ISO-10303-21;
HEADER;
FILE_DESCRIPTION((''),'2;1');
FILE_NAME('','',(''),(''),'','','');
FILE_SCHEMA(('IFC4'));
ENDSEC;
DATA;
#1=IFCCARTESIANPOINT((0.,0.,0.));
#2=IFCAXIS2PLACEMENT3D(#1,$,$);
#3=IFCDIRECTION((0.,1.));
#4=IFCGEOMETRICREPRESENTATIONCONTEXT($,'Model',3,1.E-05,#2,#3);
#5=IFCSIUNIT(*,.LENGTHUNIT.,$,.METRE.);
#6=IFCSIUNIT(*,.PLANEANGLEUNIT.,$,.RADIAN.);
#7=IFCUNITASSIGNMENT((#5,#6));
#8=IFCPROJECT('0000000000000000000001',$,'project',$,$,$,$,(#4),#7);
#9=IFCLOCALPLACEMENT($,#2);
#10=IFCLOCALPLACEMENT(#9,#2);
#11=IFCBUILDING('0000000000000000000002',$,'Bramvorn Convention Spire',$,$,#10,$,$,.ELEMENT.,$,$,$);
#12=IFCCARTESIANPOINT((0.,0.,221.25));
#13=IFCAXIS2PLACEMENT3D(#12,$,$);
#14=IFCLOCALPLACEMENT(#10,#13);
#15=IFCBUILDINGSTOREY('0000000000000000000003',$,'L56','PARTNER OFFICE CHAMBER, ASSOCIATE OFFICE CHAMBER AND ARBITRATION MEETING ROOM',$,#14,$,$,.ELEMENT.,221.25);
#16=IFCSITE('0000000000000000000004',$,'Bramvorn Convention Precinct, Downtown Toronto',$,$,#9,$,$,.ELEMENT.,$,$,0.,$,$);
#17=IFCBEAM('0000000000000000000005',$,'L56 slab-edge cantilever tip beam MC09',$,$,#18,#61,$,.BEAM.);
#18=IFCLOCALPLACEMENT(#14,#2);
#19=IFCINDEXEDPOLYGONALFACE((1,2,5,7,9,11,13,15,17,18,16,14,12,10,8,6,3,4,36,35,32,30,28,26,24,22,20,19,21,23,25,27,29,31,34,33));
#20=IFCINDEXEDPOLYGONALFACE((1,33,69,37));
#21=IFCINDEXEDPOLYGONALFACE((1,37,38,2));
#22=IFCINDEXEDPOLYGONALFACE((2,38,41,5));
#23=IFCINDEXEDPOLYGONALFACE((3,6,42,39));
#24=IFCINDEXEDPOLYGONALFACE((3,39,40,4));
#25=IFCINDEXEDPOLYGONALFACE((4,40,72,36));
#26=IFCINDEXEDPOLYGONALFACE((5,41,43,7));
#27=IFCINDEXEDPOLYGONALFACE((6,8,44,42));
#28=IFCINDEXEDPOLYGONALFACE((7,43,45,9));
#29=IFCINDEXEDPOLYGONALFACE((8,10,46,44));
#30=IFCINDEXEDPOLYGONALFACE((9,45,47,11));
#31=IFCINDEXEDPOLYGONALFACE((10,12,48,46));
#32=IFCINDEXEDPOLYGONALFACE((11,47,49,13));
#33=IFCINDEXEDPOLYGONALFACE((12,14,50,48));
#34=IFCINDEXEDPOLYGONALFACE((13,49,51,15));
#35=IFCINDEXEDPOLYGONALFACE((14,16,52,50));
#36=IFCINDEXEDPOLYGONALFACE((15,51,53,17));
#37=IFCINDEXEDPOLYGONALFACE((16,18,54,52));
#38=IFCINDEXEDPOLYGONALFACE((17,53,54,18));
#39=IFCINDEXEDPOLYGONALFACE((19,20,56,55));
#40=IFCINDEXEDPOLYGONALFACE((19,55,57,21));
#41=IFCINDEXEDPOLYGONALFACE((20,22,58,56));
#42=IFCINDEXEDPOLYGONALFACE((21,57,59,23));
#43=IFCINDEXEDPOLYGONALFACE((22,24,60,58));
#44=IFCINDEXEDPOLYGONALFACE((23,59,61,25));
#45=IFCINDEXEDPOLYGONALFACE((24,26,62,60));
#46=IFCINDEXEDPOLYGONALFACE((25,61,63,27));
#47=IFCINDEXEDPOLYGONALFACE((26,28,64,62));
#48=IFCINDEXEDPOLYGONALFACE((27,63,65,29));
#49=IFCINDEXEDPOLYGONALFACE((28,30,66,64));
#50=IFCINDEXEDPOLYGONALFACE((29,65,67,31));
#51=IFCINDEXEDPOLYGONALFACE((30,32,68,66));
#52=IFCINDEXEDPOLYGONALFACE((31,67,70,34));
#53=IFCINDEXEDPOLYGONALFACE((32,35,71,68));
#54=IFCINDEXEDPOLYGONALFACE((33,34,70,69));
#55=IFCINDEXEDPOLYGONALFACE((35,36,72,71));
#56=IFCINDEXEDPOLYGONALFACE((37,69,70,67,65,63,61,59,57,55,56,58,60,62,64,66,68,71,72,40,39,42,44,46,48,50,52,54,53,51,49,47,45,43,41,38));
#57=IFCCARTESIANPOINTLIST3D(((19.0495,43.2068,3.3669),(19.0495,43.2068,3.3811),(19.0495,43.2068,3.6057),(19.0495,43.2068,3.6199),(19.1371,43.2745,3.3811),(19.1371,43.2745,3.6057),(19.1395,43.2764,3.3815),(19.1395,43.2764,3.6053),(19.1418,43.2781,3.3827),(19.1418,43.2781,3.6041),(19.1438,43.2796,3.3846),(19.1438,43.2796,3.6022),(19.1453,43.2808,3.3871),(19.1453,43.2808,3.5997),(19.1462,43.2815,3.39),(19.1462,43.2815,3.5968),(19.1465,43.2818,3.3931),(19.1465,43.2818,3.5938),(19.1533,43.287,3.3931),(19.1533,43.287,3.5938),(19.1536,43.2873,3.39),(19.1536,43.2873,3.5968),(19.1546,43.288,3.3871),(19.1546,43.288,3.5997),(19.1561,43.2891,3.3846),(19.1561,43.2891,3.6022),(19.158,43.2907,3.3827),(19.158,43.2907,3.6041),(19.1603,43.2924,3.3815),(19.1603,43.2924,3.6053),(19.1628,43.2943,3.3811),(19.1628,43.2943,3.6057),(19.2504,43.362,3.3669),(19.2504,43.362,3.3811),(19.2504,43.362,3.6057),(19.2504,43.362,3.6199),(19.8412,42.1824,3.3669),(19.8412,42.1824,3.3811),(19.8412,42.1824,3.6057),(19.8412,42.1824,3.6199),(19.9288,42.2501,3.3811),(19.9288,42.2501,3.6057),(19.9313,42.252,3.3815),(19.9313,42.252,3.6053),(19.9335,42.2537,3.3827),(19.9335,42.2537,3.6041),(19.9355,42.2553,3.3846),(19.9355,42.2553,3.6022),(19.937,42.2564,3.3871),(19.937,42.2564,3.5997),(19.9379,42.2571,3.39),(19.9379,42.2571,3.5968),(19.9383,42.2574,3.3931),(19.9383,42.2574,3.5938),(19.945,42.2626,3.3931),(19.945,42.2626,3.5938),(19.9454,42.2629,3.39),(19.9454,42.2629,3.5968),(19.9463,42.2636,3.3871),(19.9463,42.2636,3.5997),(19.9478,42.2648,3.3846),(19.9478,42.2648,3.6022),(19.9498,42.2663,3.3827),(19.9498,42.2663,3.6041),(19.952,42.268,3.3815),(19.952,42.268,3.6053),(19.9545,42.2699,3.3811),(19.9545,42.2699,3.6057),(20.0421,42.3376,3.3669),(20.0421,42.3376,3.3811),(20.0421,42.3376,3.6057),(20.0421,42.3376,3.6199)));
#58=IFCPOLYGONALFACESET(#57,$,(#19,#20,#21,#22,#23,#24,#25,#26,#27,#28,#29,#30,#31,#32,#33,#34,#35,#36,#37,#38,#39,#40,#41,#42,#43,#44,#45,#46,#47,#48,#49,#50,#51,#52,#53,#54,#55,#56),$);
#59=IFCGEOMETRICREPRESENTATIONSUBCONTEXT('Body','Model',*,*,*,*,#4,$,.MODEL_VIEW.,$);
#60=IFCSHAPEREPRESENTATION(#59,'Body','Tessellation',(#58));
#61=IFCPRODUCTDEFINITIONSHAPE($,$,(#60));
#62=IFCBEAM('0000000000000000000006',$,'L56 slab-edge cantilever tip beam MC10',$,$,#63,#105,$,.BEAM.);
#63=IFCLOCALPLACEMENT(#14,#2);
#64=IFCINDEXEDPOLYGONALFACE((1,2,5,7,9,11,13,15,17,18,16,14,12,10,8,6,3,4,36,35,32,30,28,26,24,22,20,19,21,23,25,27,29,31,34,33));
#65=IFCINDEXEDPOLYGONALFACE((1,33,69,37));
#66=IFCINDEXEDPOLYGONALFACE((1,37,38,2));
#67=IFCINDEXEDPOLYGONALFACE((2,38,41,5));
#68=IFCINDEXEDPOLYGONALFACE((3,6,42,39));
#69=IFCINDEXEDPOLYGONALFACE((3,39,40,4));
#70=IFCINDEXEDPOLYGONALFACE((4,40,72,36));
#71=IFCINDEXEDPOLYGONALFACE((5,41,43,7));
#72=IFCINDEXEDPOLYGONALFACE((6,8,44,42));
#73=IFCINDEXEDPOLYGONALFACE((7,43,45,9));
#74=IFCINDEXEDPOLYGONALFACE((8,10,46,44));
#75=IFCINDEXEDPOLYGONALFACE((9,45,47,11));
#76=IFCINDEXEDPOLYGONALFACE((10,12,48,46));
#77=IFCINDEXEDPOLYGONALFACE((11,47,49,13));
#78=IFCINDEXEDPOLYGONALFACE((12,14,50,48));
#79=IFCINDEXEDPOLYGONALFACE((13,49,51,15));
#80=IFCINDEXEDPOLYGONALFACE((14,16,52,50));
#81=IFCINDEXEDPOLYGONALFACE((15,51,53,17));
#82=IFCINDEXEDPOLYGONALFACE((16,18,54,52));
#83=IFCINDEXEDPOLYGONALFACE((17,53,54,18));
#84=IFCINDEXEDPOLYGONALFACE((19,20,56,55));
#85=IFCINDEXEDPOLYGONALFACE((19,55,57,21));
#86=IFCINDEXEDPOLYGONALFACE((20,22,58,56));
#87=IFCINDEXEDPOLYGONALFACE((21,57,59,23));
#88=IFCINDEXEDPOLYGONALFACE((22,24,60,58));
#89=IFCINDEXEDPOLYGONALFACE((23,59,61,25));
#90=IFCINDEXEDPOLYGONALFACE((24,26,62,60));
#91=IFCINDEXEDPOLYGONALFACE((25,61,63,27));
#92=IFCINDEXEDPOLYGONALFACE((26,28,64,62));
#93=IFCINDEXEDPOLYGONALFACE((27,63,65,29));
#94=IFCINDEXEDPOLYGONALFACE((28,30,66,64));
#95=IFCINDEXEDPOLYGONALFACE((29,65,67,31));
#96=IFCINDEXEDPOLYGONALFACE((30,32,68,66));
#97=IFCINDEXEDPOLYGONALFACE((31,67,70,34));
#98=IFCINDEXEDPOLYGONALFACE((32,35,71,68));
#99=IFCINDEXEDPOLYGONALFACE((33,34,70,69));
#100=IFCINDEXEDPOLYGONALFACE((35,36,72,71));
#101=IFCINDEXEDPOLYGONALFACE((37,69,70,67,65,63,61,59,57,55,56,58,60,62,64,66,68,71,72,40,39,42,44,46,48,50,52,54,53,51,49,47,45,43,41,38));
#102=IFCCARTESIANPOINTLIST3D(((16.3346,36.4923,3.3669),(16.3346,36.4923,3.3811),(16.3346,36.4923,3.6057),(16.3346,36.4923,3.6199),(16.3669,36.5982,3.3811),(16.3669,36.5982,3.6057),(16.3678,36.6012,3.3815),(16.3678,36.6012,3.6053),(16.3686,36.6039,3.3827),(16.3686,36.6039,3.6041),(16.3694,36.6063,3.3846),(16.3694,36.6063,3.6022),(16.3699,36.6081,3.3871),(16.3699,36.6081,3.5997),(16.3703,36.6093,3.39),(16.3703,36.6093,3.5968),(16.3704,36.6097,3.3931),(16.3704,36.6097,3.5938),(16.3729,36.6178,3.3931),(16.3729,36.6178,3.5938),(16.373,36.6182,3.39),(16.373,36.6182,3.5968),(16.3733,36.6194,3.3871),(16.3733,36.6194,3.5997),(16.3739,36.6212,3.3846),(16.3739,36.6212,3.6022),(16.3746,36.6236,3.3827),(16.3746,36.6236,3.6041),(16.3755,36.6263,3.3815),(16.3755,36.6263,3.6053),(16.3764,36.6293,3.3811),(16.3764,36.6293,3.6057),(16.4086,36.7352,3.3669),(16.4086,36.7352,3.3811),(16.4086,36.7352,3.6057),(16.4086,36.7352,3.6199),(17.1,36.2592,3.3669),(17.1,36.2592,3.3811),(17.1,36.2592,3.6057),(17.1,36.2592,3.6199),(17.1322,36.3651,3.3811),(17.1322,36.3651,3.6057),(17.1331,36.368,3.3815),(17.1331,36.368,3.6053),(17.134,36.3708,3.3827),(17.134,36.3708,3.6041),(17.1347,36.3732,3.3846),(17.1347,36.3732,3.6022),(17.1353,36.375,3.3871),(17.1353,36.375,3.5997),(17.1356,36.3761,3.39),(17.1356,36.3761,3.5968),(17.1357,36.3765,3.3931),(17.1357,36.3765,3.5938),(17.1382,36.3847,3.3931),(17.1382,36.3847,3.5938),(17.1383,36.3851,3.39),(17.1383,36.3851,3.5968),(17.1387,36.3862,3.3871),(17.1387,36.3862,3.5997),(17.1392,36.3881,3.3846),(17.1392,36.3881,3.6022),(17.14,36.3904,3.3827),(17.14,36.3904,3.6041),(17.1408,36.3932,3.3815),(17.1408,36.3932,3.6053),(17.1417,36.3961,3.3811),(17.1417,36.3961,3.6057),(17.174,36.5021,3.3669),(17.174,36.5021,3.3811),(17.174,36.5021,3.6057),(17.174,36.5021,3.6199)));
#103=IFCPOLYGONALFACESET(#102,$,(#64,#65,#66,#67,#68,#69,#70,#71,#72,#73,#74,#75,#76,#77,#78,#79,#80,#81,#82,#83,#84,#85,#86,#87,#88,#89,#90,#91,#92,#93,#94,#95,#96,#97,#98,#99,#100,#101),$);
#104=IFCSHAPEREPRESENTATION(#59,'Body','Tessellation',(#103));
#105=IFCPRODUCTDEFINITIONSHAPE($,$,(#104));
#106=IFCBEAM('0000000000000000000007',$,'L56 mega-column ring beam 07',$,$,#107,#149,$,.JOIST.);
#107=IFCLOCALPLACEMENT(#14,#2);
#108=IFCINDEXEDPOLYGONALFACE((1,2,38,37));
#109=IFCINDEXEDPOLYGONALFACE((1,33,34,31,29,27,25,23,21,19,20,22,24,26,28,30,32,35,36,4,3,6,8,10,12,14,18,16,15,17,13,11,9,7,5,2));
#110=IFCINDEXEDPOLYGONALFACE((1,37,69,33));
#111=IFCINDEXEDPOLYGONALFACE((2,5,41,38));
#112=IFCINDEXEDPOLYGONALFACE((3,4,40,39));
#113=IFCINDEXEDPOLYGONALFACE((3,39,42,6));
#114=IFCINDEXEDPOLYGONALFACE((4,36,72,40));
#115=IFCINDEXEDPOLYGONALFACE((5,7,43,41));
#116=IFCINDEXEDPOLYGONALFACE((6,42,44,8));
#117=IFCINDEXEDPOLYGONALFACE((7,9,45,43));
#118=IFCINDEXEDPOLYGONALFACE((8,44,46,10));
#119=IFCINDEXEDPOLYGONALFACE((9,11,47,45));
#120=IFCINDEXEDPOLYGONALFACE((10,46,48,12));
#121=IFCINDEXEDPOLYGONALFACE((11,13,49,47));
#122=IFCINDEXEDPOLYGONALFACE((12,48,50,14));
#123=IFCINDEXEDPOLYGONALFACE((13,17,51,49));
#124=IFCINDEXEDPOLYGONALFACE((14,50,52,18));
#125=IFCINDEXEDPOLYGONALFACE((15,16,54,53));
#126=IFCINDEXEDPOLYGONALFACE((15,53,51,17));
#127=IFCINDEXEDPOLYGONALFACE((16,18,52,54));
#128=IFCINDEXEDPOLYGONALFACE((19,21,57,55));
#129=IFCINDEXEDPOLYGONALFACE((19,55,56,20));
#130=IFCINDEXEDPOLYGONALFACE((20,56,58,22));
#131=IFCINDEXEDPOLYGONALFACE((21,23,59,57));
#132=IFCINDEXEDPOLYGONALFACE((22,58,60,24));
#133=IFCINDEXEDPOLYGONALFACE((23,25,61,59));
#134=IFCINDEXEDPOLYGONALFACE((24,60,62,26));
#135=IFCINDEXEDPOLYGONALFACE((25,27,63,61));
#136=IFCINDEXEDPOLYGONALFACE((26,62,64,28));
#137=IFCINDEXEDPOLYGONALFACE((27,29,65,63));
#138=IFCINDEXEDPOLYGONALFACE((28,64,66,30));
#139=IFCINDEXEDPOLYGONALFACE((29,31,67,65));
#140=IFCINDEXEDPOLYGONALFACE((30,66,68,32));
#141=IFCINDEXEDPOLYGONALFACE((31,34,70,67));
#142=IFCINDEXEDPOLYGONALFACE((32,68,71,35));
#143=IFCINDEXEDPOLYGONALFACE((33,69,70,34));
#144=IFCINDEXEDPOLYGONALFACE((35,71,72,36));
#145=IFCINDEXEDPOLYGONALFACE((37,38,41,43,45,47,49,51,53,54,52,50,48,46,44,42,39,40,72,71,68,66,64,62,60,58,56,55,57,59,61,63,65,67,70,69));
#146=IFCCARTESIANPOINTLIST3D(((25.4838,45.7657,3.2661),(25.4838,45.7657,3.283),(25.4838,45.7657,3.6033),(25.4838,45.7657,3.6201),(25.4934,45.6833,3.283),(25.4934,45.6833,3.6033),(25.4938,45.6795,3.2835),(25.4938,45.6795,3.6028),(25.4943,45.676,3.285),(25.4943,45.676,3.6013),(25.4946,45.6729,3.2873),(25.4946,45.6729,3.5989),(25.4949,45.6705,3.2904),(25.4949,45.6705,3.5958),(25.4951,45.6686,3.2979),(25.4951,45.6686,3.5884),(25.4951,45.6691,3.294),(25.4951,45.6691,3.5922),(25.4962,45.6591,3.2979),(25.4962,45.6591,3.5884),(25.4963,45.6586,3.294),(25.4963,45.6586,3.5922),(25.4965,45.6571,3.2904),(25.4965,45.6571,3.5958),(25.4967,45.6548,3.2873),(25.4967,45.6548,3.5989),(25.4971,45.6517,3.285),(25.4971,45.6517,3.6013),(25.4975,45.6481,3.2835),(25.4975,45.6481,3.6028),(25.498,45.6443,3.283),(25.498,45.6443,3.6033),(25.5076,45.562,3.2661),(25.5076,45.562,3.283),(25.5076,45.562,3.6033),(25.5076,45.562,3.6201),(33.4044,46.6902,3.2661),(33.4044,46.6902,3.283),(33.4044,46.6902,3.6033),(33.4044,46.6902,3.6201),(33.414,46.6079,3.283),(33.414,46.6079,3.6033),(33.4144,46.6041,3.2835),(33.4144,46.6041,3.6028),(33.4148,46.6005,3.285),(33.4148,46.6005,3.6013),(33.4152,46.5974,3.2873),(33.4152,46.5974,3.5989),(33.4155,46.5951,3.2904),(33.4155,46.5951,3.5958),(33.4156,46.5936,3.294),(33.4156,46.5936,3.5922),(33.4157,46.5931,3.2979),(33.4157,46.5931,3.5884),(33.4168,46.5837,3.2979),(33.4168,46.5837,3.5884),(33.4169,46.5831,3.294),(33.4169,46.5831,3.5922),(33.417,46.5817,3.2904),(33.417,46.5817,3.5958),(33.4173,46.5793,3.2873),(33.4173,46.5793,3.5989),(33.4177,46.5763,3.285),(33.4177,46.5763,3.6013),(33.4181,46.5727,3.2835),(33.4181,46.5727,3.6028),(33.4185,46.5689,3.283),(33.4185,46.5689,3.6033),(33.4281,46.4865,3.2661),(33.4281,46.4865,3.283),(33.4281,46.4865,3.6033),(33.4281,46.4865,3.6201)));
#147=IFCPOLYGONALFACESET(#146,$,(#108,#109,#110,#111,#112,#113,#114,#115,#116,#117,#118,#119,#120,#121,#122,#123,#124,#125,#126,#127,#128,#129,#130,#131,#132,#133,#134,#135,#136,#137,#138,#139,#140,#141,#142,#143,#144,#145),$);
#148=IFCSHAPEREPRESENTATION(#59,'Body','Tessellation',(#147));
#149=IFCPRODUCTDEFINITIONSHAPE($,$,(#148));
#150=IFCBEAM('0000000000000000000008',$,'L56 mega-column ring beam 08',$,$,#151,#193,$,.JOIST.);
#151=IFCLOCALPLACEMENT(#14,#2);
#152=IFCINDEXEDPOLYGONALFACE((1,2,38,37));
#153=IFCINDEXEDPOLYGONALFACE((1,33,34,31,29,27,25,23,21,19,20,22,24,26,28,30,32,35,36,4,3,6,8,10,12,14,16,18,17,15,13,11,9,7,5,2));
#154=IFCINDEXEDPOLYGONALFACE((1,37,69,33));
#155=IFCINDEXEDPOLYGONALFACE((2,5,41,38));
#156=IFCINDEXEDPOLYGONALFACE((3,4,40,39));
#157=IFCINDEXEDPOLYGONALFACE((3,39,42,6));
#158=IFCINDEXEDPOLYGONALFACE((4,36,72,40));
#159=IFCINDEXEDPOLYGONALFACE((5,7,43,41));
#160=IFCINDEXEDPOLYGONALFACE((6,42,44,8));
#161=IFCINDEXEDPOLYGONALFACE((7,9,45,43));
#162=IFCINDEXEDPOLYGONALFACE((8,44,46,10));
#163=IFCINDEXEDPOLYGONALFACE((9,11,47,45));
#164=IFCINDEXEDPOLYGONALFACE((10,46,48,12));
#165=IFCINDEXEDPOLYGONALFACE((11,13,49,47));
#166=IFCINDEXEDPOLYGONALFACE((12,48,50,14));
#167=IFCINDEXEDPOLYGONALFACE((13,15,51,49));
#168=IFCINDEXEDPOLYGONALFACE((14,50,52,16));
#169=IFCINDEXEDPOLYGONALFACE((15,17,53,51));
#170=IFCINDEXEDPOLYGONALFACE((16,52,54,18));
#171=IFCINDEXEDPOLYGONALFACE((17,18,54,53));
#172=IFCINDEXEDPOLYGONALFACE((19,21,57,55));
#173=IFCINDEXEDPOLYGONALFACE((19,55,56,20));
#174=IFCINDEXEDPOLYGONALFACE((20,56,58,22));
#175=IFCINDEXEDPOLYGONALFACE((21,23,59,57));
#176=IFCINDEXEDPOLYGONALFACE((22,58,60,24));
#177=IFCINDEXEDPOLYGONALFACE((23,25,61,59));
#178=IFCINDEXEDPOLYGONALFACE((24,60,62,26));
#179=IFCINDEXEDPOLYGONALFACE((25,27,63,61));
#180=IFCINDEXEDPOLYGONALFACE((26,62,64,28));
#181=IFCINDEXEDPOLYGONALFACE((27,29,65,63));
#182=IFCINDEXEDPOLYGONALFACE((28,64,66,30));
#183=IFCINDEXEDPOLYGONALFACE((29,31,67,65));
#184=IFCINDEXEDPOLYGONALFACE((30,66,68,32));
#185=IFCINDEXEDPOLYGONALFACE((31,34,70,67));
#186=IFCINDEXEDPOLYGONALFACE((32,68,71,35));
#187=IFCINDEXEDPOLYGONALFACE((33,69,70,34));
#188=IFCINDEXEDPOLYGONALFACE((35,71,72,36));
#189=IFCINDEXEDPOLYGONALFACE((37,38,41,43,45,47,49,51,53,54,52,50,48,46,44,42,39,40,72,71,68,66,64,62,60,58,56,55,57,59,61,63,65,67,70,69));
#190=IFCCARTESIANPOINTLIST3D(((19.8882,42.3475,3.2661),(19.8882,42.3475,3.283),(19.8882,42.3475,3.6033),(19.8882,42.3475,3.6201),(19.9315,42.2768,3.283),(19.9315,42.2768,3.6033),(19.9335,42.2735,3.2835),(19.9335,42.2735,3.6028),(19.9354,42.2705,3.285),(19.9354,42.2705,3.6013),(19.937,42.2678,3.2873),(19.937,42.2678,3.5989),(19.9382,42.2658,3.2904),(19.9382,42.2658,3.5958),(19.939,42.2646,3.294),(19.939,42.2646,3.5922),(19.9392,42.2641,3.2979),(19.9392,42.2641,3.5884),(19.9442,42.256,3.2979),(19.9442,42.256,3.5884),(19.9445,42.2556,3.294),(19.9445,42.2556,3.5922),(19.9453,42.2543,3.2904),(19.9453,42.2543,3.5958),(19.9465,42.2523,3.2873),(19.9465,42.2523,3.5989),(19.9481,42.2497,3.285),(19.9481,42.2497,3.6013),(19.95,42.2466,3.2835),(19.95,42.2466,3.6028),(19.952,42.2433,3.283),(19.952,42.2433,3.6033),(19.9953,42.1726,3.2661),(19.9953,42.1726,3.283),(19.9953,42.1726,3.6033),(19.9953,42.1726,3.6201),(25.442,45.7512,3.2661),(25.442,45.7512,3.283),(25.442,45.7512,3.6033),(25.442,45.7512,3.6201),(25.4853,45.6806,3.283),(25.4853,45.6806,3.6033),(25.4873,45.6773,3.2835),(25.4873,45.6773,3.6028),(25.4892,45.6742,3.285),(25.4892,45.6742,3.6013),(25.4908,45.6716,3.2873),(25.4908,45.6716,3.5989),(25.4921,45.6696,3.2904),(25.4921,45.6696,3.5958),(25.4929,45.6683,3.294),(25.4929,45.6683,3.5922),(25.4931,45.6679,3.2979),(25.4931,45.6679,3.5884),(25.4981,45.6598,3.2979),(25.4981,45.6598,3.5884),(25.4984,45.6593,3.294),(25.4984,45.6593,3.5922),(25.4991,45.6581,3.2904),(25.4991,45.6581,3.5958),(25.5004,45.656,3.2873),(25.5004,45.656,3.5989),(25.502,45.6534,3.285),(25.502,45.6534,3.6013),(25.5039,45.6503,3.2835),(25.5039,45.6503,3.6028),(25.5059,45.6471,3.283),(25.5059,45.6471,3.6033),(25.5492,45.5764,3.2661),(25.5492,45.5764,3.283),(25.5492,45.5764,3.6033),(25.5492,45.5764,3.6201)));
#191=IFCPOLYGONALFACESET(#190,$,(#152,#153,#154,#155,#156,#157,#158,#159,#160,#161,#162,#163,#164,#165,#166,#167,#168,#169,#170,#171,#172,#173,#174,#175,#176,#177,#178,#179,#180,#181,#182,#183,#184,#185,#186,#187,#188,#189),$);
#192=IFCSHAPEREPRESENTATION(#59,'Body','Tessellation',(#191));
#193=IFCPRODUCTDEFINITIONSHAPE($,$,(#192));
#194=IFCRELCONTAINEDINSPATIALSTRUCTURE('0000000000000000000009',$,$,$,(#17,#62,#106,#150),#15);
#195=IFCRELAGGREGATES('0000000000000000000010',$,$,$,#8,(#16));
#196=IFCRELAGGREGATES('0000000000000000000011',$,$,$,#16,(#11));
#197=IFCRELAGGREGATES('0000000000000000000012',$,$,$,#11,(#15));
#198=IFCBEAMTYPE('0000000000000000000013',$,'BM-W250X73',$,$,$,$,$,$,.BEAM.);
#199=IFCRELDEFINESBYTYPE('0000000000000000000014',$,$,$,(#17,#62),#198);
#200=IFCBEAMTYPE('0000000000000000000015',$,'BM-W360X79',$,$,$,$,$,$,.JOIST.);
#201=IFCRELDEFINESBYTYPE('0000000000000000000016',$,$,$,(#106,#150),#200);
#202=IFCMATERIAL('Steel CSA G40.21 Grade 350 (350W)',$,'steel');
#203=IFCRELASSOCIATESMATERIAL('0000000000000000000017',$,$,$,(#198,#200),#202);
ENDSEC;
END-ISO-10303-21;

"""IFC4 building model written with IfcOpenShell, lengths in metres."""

from ifc_helpers import new_model, si_unit, direction, frame, origin, origin_2d, place, context, subcontext, project, spatial, i_section, extrude, material, material_profile, profile_set, type_object, element, save


model = new_model("IFC4")

# Units and contexts
model_context = context("Model", 3, precision=1e-05, world=origin(), true_north=direction((0.0, 1.0)))
body_context = subcontext(model_context, "Body", "Model", "MODEL_VIEW")
ifc_project = project(units=[si_unit("LENGTHUNIT", "METRE"), si_unit("PLANEANGLEUNIT", "RADIAN")], contexts=[model_context])

# Site, building, storey
site_placement = place(None, origin())
site = spatial("IfcSite", under=ifc_project, at=site_placement, Name="Bramvorn Convention Precinct, Downtown Toronto", CompositionType="ELEMENT", RefElevation=0.0)
building_placement = place(site_placement, origin())
building = spatial("IfcBuilding", under=site, at=building_placement, Name="Bramvorn Convention Spire", CompositionType="ELEMENT")
storey_placement = place(building_placement, frame((0.0, 0.0, 221.25)))
storey = spatial("IfcBuildingStorey", under=building, at=storey_placement, Name="L56", Description="PARTNER OFFICE CHAMBER, ASSOCIATE OFFICE CHAMBER AND ARBITRATION MEETING ROOM", CompositionType="ELEMENT", Elevation=221.25)

# Shared definitions
ifc_material_1 = material(Name="Steel CSA G40.21 Grade 350 (350W)", Category="steel")

# Beams
ifc_material_profile_1 = material_profile(ifc_material_1, i_section(OverallWidth=0.2539, OverallDepth=0.2529, WebThickness=0.0085, FlangeThickness=0.0142, FilletRadius=0.012, at=origin_2d()))
ifc_profile_set_1 = profile_set([ifc_material_profile_1], Name="Steel CSA G40.21 Grade 350 (350W) - W250X73")
beam_type_1 = type_object("IfcBeamType", Name="BM-W250X73", PredefinedType="BEAM", material=ifc_profile_set_1)
beam_1_placement = place(storey_placement, frame((19.9417, 42.26, 3.4934), z_axis=(-0.611523, 0.791227, 0.0), x_axis=(-0.791227, -0.611523, 0.0)))
element("IfcBeam", 1, at=beam_1_placement, inside=storey, type_object=beam_type_1, Name="L56 slab-edge cantilever tip beam MC09", PredefinedType="BEAM", context=body_context, shape_type="SweptSolid", body=[
    extrude(i_section(OverallWidth=0.2539, OverallDepth=0.2529, WebThickness=0.0085, FlangeThickness=0.0142, FilletRadius=0.012, at=origin_2d()), origin(), (0.0, 0.0, 1.0), 1.2947),
])
beam_2_placement = place(storey_placement, frame((17.137, 36.3806, 3.4934), z_axis=(-0.9566, 0.291404, 0.0), x_axis=(-0.291404, -0.9566, 0.0)))
element("IfcBeam", 2, at=beam_2_placement, inside=storey, type_object=beam_type_1, Name="L56 slab-edge cantilever tip beam MC10", PredefinedType="BEAM", context=body_context, shape_type="SweptSolid", body=[
    extrude(i_section(OverallWidth=0.2539, OverallDepth=0.2529, WebThickness=0.0085, FlangeThickness=0.0142, FilletRadius=0.012, at=origin_2d()), origin(), (0.0, 0.0, 1.0), 0.8),
])
ifc_material_profile_2 = material_profile(ifc_material_1, i_section(OverallWidth=0.2051, OverallDepth=0.354, WebThickness=0.0095, FlangeThickness=0.0168, FilletRadius=0.0149, at=origin_2d()))
ifc_profile_set_2 = profile_set([ifc_material_profile_2], Name="Steel CSA G40.21 Grade 350 (350W) - W360X79")
beam_type_2 = type_object("IfcBeamType", Name="BM-W360X79", PredefinedType="JOIST", material=ifc_profile_set_2)
beam_3_placement = place(storey_placement, frame((33.4163, 46.5884, 3.4431), z_axis=(-0.993256, -0.115941, 0.0), x_axis=(0.115941, -0.993256, 0.0)))
element("IfcBeam", 3, at=beam_3_placement, inside=storey, type_object=beam_type_2, Name="L56 mega-column ring beam 07", PredefinedType="JOIST", context=body_context, shape_type="SweptSolid", body=[
    extrude(i_section(OverallWidth=0.2051, OverallDepth=0.354, WebThickness=0.0095, FlangeThickness=0.0168, FilletRadius=0.0149, at=origin_2d()), origin(), (0.0, 0.0, 1.0), 7.9744),
])
beam_4_placement = place(storey_placement, frame((25.4956, 45.6638, 3.4431), z_axis=(-0.852617, -0.522537, 0.0), x_axis=(0.522537, -0.852617, 0.0)))
element("IfcBeam", 4, at=beam_4_placement, inside=storey, type_object=beam_type_2, Name="L56 mega-column ring beam 08", PredefinedType="JOIST", context=body_context, shape_type="SweptSolid", body=[
    extrude(i_section(OverallWidth=0.2051, OverallDepth=0.354, WebThickness=0.0095, FlangeThickness=0.0168, FilletRadius=0.0149, at=origin_2d()), origin(), (0.0, 0.0, 1.0), 6.5139),
])

save(model, "model.ifc")
